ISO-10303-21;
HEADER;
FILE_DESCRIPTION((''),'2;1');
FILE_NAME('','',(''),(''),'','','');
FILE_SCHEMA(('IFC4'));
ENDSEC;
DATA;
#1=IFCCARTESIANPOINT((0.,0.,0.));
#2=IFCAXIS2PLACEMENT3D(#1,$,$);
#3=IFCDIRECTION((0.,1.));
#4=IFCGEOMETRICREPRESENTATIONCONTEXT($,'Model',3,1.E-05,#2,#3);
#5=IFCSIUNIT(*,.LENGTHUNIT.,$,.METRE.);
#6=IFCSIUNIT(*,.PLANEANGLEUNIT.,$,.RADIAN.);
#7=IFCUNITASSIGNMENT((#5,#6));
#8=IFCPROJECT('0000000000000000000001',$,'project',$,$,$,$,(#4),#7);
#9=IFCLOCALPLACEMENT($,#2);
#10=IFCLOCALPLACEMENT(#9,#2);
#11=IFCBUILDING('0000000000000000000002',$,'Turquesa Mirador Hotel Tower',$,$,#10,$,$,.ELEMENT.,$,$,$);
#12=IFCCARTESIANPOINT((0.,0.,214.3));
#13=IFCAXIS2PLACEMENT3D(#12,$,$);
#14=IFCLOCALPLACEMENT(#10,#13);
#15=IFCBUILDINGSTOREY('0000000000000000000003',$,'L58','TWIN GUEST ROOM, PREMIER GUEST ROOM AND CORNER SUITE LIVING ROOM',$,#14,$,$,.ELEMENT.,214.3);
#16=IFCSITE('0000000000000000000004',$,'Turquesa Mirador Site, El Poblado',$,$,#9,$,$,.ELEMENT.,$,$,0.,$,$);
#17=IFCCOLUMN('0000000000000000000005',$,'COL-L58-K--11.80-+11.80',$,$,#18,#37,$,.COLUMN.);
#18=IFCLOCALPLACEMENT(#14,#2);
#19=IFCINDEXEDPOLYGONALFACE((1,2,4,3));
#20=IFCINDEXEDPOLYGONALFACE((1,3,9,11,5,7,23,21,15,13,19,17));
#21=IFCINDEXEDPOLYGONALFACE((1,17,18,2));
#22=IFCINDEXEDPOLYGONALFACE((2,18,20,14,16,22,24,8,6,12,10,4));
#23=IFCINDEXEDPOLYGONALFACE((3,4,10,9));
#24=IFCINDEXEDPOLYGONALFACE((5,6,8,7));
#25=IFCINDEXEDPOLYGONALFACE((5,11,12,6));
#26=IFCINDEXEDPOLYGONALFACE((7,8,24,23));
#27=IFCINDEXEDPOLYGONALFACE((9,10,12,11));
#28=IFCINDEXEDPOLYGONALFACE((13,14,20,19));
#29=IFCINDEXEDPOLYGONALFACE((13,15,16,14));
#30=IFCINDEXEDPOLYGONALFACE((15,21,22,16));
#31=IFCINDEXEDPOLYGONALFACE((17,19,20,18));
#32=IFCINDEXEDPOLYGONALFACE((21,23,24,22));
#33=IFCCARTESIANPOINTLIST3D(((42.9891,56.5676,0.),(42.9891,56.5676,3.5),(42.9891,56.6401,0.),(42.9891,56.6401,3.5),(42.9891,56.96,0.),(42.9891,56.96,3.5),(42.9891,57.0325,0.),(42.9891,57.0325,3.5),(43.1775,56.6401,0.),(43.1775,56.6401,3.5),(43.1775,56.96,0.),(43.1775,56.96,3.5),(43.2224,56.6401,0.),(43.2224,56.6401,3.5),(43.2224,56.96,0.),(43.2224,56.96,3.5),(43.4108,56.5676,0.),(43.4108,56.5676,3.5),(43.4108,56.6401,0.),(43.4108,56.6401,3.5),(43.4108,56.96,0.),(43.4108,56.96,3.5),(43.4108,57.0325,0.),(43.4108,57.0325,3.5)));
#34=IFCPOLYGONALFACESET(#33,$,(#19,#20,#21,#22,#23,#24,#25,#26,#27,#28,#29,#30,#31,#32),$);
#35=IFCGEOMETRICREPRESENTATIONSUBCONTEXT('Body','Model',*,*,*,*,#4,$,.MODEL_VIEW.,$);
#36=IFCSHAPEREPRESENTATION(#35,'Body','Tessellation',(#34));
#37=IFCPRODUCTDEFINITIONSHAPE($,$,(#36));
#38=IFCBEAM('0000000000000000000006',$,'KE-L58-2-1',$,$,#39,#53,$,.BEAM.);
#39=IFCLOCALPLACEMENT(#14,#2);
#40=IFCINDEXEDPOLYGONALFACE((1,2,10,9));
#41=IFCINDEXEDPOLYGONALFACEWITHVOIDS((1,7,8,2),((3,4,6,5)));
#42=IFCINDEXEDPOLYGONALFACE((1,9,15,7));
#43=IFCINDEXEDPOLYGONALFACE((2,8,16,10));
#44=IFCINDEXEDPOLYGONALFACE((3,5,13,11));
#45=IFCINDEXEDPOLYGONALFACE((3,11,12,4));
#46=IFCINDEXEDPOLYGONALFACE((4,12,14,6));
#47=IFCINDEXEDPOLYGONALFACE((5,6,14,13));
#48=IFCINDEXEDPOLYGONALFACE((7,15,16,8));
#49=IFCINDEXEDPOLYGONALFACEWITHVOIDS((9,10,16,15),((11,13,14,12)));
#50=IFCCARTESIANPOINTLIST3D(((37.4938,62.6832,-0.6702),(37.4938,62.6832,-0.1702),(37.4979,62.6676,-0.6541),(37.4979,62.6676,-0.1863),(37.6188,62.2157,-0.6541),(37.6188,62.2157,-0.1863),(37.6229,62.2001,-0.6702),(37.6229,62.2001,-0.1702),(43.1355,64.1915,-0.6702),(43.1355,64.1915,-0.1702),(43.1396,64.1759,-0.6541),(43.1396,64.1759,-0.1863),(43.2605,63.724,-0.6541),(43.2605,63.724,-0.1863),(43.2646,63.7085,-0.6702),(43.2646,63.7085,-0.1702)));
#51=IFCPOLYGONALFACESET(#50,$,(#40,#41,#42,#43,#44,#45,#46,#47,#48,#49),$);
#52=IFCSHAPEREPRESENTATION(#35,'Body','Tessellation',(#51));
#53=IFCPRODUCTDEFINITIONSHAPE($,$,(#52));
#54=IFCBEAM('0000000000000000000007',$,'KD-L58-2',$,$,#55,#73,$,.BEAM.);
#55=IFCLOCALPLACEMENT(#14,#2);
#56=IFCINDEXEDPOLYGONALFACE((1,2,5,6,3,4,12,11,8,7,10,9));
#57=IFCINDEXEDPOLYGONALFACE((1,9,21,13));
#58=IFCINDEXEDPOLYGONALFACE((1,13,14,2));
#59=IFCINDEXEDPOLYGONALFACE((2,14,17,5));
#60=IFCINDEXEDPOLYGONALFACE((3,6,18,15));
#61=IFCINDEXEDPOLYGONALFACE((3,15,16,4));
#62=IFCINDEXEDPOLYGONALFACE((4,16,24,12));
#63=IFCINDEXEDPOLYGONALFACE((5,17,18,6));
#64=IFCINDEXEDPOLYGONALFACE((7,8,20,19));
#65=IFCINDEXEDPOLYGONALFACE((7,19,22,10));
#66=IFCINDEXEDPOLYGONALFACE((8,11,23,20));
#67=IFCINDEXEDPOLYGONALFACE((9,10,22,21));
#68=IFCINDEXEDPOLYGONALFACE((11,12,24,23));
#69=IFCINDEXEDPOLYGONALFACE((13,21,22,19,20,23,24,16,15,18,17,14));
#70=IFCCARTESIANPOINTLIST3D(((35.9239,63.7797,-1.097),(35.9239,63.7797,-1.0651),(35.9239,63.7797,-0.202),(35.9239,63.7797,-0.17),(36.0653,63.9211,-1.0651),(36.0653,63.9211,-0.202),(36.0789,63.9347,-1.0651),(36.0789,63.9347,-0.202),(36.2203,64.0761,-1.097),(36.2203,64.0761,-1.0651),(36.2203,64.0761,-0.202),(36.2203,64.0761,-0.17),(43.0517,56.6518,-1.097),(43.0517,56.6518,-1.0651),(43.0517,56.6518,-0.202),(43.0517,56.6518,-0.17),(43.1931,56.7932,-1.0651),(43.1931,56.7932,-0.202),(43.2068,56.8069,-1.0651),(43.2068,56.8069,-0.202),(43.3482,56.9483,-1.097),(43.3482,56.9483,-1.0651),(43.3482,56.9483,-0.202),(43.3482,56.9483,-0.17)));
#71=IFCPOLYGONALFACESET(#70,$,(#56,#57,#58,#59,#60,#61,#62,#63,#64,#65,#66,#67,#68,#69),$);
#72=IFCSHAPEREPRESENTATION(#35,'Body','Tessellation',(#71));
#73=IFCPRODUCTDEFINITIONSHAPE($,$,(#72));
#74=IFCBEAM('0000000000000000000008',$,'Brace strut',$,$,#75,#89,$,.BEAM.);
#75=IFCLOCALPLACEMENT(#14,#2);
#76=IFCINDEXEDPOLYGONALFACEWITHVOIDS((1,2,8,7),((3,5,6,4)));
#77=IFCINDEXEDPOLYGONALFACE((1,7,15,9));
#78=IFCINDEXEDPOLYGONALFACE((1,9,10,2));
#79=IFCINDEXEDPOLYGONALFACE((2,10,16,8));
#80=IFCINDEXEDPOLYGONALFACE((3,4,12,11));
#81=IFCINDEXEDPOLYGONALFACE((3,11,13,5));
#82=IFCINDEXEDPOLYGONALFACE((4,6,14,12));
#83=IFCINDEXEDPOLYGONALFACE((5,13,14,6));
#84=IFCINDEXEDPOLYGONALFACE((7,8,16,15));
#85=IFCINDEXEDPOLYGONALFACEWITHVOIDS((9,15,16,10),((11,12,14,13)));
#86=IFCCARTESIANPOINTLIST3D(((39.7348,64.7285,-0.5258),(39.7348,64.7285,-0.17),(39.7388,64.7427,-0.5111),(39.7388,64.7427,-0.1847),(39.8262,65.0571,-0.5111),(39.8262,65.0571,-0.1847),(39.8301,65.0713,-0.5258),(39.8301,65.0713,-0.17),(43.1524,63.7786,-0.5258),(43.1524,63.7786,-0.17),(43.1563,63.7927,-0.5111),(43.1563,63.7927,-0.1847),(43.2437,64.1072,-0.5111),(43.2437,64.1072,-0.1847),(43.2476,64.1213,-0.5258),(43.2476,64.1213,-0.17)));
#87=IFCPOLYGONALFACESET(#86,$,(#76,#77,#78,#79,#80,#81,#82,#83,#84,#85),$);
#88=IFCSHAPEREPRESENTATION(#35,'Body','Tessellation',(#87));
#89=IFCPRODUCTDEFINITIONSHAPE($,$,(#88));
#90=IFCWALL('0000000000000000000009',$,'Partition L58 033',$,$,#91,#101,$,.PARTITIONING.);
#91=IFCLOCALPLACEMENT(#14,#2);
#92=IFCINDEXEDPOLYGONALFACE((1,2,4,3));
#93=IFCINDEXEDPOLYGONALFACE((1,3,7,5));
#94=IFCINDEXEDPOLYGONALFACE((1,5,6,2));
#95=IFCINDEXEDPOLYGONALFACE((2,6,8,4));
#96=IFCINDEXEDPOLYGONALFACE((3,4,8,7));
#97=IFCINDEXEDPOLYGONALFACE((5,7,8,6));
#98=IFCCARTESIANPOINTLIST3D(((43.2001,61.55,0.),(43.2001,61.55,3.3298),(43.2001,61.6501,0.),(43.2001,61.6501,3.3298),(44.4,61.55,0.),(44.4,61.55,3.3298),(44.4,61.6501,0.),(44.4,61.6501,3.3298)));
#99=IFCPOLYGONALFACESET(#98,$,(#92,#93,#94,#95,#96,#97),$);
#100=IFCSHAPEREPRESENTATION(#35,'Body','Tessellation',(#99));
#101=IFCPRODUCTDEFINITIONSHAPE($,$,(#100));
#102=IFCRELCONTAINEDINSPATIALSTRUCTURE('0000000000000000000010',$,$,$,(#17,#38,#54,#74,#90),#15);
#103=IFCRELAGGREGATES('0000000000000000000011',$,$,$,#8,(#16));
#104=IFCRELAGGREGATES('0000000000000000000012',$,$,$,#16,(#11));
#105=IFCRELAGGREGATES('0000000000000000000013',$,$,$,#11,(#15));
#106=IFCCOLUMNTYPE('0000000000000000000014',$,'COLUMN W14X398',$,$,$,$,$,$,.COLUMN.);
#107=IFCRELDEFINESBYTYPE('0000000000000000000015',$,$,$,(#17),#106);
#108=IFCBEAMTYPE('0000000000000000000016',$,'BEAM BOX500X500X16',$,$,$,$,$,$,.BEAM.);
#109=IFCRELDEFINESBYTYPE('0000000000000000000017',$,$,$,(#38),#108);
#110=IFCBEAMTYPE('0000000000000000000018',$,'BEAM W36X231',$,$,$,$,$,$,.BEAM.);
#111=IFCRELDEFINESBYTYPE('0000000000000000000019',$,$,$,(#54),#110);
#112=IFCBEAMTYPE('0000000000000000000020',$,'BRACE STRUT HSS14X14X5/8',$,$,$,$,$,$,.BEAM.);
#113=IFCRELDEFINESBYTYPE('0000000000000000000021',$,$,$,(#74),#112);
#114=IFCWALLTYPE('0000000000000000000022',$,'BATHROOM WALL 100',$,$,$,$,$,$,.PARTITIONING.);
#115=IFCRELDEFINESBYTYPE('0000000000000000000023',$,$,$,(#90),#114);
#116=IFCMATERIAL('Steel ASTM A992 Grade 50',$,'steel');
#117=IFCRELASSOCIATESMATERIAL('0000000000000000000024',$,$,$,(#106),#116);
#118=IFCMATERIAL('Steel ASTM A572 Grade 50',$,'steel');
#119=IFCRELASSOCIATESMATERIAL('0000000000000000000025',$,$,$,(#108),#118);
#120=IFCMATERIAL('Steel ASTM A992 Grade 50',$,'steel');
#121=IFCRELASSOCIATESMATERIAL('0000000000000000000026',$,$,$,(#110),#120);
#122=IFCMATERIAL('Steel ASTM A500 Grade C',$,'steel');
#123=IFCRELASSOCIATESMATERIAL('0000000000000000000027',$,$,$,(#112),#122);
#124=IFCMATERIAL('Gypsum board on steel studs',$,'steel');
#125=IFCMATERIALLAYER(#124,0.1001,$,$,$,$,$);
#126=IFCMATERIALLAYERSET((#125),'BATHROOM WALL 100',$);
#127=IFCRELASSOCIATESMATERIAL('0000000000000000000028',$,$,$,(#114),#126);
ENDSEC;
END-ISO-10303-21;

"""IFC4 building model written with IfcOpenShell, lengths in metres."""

from ifc_helpers import new_model, si_unit, direction, frame, frame_2d, origin, origin_2d, place, context, subcontext, project, spatial, rectangle, hollow_rectangle, i_section, extrude, material, layer, layer_set, material_profile, profile_set, type_object, element, save


model = new_model("IFC4")

# Units and contexts
model_context = context("Model", 3, precision=1e-05, world=origin(), true_north=direction((0.0, 1.0)))
body_context = subcontext(model_context, "Body", "Model", "MODEL_VIEW")
ifc_project = project(units=[si_unit("LENGTHUNIT", "METRE"), si_unit("PLANEANGLEUNIT", "RADIAN")], contexts=[model_context])

# Site, building, storey
site_placement = place(None, origin())
site = spatial("IfcSite", under=ifc_project, at=site_placement, Name="Turquesa Mirador Site, El Poblado", CompositionType="ELEMENT", RefElevation=0.0)
building_placement = place(site_placement, origin())
building = spatial("IfcBuilding", under=site, at=building_placement, Name="Turquesa Mirador Hotel Tower", CompositionType="ELEMENT")
storey_placement = place(building_placement, frame((0.0, 0.0, 214.3)))
storey = spatial("IfcBuildingStorey", under=building, at=storey_placement, Name="L58", Description="TWIN GUEST ROOM, PREMIER GUEST ROOM AND CORNER SUITE LIVING ROOM", CompositionType="ELEMENT", Elevation=214.3)

# Column
ifc_material_1 = material(Name="Steel ASTM A992 Grade 50", Category="steel")
ifc_material_profile_1 = material_profile(ifc_material_1, i_section(OverallWidth=0.4216, OverallDepth=0.4648, WebThickness=0.0449, FlangeThickness=0.0725, at=origin_2d()), Name="W14X398")
ifc_profile_set_1 = profile_set([ifc_material_profile_1], Name="Steel ASTM A992 Grade 50")
column_type = type_object("IfcColumnType", Name="COLUMN W14X398", PredefinedType="COLUMN", material=ifc_profile_set_1)
column_placement = place(storey_placement, frame((43.2, 56.8, 0.0), z_axis=(0.0, 0.0, 1.0), x_axis=(1.0, 0.0, 0.0)))
element("IfcColumn", 1, at=column_placement, inside=storey, type_object=column_type, Name="COL-L58-K--11.80-+11.80", PredefinedType="COLUMN", context=body_context, shape_type="SweptSolid", body=[
    extrude(i_section(OverallWidth=0.4216, OverallDepth=0.4648, WebThickness=0.0449, FlangeThickness=0.0725, at=origin_2d()), origin(), (0.0, 0.0, 1.0), 3.5),
])

# Beams
ifc_material_2 = material(Name="Steel ASTM A572 Grade 50", Category="steel")
ifc_material_profile_2 = material_profile(ifc_material_2, hollow_rectangle(XDim=0.5, YDim=0.5, WallThickness=0.0161, at=origin_2d()), Name="BOX500X500X16")
ifc_profile_set_2 = profile_set([ifc_material_profile_2], Name="Steel ASTM A572 Grade 50")
beam_type_1 = type_object("IfcBeamType", Name="BEAM BOX500X500X16", PredefinedType="BEAM", material=ifc_profile_set_2)
beam_1_placement = place(storey_placement, frame((37.5583, 62.4417, -0.4202), z_axis=(0.96607, 0.258282, 0.0), x_axis=(-0.258282, 0.96607, 0.0)))
element("IfcBeam", 2, at=beam_1_placement, inside=storey, type_object=beam_type_1, Name="KE-L58-2-1", PredefinedType="BEAM", context=body_context, shape_type="SweptSolid", body=[
    extrude(hollow_rectangle(XDim=0.5, YDim=0.5, WallThickness=0.0161, at=origin_2d()), origin(), (0.0, 0.0, 1.0), 5.8398),
])
ifc_material_3 = material(Name="Steel ASTM A992 Grade 50", Category="steel")
ifc_material_profile_3 = material_profile(ifc_material_3, i_section(OverallWidth=0.4192, OverallDepth=0.927, WebThickness=0.0193, FlangeThickness=0.032, at=origin_2d()), Name="W36X231")
ifc_profile_set_3 = profile_set([ifc_material_profile_3], Name="Steel ASTM A992 Grade 50")
beam_type_2 = type_object("IfcBeamType", Name="BEAM W36X231", PredefinedType="BEAM", material=ifc_profile_set_3)
beam_2_placement = place(storey_placement, frame((43.2, 56.8, -0.6335), z_axis=(-0.707107, 0.707107, 0.0), x_axis=(-0.707107, -0.707107, 0.0)))
element("IfcBeam", 3, at=beam_2_placement, inside=storey, type_object=beam_type_2, Name="KD-L58-2", PredefinedType="BEAM", context=body_context, shape_type="SweptSolid", body=[
    extrude(i_section(OverallWidth=0.4192, OverallDepth=0.927, WebThickness=0.0193, FlangeThickness=0.032, at=origin_2d()), origin(), (0.0, 0.0, 1.0), 10.0803),
])
ifc_material_4 = material(Name="Steel ASTM A500 Grade C", Category="steel")
ifc_material_profile_4 = material_profile(ifc_material_4, hollow_rectangle(XDim=0.3557, YDim=0.3557, WallThickness=0.0146, at=origin_2d()), Name="HSS14X14X5/8")
ifc_profile_set_4 = profile_set([ifc_material_profile_4], Name="Steel ASTM A500 Grade C")
beam_type_3 = type_object("IfcBeamType", Name="BRACE STRUT HSS14X14X5/8", PredefinedType="BEAM", material=ifc_profile_set_4)
beam_3_placement = place(storey_placement, frame((39.7825, 64.8999, -0.3479), z_axis=(0.963471, -0.267814, 0.0), x_axis=(0.267814, 0.963471, 0.0)))
element("IfcBeam", 4, at=beam_3_placement, inside=storey, type_object=beam_type_3, Name="Brace strut", PredefinedType="BEAM", context=body_context, shape_type="SweptSolid", body=[
    extrude(hollow_rectangle(XDim=0.3557, YDim=0.3557, WallThickness=0.0146, at=origin_2d()), origin(), (0.0, 0.0, 1.0), 3.5471),
])

# Wall
ifc_material_5 = material(Name="Gypsum board on steel studs", Category="steel")
ifc_layer_1 = layer(ifc_material_5, 0.1001)
ifc_layer_set_1 = layer_set([ifc_layer_1], Name="BATHROOM WALL 100")
wall_type_1 = type_object("IfcWallType", Name="BATHROOM WALL 100", PredefinedType="PARTITIONING", material=ifc_layer_set_1)
wall_1_placement = place(storey_placement, frame((43.2, 61.6001, 0.0), z_axis=(0.0, 0.0, 1.0), x_axis=(1.0, 0.0, 0.0)))
element("IfcWall", 5, at=wall_1_placement, inside=storey, type_object=wall_type_1, Name="Partition L58 033", PredefinedType="PARTITIONING", context=body_context, shape_type="SweptSolid", body=[
    extrude(rectangle(XDim=1.2, YDim=0.1001, at=frame_2d((0.6001, 0.0))), origin(), (0.0, 0.0, 1.0), 3.3298),
])

save(model, "model.ifc")
